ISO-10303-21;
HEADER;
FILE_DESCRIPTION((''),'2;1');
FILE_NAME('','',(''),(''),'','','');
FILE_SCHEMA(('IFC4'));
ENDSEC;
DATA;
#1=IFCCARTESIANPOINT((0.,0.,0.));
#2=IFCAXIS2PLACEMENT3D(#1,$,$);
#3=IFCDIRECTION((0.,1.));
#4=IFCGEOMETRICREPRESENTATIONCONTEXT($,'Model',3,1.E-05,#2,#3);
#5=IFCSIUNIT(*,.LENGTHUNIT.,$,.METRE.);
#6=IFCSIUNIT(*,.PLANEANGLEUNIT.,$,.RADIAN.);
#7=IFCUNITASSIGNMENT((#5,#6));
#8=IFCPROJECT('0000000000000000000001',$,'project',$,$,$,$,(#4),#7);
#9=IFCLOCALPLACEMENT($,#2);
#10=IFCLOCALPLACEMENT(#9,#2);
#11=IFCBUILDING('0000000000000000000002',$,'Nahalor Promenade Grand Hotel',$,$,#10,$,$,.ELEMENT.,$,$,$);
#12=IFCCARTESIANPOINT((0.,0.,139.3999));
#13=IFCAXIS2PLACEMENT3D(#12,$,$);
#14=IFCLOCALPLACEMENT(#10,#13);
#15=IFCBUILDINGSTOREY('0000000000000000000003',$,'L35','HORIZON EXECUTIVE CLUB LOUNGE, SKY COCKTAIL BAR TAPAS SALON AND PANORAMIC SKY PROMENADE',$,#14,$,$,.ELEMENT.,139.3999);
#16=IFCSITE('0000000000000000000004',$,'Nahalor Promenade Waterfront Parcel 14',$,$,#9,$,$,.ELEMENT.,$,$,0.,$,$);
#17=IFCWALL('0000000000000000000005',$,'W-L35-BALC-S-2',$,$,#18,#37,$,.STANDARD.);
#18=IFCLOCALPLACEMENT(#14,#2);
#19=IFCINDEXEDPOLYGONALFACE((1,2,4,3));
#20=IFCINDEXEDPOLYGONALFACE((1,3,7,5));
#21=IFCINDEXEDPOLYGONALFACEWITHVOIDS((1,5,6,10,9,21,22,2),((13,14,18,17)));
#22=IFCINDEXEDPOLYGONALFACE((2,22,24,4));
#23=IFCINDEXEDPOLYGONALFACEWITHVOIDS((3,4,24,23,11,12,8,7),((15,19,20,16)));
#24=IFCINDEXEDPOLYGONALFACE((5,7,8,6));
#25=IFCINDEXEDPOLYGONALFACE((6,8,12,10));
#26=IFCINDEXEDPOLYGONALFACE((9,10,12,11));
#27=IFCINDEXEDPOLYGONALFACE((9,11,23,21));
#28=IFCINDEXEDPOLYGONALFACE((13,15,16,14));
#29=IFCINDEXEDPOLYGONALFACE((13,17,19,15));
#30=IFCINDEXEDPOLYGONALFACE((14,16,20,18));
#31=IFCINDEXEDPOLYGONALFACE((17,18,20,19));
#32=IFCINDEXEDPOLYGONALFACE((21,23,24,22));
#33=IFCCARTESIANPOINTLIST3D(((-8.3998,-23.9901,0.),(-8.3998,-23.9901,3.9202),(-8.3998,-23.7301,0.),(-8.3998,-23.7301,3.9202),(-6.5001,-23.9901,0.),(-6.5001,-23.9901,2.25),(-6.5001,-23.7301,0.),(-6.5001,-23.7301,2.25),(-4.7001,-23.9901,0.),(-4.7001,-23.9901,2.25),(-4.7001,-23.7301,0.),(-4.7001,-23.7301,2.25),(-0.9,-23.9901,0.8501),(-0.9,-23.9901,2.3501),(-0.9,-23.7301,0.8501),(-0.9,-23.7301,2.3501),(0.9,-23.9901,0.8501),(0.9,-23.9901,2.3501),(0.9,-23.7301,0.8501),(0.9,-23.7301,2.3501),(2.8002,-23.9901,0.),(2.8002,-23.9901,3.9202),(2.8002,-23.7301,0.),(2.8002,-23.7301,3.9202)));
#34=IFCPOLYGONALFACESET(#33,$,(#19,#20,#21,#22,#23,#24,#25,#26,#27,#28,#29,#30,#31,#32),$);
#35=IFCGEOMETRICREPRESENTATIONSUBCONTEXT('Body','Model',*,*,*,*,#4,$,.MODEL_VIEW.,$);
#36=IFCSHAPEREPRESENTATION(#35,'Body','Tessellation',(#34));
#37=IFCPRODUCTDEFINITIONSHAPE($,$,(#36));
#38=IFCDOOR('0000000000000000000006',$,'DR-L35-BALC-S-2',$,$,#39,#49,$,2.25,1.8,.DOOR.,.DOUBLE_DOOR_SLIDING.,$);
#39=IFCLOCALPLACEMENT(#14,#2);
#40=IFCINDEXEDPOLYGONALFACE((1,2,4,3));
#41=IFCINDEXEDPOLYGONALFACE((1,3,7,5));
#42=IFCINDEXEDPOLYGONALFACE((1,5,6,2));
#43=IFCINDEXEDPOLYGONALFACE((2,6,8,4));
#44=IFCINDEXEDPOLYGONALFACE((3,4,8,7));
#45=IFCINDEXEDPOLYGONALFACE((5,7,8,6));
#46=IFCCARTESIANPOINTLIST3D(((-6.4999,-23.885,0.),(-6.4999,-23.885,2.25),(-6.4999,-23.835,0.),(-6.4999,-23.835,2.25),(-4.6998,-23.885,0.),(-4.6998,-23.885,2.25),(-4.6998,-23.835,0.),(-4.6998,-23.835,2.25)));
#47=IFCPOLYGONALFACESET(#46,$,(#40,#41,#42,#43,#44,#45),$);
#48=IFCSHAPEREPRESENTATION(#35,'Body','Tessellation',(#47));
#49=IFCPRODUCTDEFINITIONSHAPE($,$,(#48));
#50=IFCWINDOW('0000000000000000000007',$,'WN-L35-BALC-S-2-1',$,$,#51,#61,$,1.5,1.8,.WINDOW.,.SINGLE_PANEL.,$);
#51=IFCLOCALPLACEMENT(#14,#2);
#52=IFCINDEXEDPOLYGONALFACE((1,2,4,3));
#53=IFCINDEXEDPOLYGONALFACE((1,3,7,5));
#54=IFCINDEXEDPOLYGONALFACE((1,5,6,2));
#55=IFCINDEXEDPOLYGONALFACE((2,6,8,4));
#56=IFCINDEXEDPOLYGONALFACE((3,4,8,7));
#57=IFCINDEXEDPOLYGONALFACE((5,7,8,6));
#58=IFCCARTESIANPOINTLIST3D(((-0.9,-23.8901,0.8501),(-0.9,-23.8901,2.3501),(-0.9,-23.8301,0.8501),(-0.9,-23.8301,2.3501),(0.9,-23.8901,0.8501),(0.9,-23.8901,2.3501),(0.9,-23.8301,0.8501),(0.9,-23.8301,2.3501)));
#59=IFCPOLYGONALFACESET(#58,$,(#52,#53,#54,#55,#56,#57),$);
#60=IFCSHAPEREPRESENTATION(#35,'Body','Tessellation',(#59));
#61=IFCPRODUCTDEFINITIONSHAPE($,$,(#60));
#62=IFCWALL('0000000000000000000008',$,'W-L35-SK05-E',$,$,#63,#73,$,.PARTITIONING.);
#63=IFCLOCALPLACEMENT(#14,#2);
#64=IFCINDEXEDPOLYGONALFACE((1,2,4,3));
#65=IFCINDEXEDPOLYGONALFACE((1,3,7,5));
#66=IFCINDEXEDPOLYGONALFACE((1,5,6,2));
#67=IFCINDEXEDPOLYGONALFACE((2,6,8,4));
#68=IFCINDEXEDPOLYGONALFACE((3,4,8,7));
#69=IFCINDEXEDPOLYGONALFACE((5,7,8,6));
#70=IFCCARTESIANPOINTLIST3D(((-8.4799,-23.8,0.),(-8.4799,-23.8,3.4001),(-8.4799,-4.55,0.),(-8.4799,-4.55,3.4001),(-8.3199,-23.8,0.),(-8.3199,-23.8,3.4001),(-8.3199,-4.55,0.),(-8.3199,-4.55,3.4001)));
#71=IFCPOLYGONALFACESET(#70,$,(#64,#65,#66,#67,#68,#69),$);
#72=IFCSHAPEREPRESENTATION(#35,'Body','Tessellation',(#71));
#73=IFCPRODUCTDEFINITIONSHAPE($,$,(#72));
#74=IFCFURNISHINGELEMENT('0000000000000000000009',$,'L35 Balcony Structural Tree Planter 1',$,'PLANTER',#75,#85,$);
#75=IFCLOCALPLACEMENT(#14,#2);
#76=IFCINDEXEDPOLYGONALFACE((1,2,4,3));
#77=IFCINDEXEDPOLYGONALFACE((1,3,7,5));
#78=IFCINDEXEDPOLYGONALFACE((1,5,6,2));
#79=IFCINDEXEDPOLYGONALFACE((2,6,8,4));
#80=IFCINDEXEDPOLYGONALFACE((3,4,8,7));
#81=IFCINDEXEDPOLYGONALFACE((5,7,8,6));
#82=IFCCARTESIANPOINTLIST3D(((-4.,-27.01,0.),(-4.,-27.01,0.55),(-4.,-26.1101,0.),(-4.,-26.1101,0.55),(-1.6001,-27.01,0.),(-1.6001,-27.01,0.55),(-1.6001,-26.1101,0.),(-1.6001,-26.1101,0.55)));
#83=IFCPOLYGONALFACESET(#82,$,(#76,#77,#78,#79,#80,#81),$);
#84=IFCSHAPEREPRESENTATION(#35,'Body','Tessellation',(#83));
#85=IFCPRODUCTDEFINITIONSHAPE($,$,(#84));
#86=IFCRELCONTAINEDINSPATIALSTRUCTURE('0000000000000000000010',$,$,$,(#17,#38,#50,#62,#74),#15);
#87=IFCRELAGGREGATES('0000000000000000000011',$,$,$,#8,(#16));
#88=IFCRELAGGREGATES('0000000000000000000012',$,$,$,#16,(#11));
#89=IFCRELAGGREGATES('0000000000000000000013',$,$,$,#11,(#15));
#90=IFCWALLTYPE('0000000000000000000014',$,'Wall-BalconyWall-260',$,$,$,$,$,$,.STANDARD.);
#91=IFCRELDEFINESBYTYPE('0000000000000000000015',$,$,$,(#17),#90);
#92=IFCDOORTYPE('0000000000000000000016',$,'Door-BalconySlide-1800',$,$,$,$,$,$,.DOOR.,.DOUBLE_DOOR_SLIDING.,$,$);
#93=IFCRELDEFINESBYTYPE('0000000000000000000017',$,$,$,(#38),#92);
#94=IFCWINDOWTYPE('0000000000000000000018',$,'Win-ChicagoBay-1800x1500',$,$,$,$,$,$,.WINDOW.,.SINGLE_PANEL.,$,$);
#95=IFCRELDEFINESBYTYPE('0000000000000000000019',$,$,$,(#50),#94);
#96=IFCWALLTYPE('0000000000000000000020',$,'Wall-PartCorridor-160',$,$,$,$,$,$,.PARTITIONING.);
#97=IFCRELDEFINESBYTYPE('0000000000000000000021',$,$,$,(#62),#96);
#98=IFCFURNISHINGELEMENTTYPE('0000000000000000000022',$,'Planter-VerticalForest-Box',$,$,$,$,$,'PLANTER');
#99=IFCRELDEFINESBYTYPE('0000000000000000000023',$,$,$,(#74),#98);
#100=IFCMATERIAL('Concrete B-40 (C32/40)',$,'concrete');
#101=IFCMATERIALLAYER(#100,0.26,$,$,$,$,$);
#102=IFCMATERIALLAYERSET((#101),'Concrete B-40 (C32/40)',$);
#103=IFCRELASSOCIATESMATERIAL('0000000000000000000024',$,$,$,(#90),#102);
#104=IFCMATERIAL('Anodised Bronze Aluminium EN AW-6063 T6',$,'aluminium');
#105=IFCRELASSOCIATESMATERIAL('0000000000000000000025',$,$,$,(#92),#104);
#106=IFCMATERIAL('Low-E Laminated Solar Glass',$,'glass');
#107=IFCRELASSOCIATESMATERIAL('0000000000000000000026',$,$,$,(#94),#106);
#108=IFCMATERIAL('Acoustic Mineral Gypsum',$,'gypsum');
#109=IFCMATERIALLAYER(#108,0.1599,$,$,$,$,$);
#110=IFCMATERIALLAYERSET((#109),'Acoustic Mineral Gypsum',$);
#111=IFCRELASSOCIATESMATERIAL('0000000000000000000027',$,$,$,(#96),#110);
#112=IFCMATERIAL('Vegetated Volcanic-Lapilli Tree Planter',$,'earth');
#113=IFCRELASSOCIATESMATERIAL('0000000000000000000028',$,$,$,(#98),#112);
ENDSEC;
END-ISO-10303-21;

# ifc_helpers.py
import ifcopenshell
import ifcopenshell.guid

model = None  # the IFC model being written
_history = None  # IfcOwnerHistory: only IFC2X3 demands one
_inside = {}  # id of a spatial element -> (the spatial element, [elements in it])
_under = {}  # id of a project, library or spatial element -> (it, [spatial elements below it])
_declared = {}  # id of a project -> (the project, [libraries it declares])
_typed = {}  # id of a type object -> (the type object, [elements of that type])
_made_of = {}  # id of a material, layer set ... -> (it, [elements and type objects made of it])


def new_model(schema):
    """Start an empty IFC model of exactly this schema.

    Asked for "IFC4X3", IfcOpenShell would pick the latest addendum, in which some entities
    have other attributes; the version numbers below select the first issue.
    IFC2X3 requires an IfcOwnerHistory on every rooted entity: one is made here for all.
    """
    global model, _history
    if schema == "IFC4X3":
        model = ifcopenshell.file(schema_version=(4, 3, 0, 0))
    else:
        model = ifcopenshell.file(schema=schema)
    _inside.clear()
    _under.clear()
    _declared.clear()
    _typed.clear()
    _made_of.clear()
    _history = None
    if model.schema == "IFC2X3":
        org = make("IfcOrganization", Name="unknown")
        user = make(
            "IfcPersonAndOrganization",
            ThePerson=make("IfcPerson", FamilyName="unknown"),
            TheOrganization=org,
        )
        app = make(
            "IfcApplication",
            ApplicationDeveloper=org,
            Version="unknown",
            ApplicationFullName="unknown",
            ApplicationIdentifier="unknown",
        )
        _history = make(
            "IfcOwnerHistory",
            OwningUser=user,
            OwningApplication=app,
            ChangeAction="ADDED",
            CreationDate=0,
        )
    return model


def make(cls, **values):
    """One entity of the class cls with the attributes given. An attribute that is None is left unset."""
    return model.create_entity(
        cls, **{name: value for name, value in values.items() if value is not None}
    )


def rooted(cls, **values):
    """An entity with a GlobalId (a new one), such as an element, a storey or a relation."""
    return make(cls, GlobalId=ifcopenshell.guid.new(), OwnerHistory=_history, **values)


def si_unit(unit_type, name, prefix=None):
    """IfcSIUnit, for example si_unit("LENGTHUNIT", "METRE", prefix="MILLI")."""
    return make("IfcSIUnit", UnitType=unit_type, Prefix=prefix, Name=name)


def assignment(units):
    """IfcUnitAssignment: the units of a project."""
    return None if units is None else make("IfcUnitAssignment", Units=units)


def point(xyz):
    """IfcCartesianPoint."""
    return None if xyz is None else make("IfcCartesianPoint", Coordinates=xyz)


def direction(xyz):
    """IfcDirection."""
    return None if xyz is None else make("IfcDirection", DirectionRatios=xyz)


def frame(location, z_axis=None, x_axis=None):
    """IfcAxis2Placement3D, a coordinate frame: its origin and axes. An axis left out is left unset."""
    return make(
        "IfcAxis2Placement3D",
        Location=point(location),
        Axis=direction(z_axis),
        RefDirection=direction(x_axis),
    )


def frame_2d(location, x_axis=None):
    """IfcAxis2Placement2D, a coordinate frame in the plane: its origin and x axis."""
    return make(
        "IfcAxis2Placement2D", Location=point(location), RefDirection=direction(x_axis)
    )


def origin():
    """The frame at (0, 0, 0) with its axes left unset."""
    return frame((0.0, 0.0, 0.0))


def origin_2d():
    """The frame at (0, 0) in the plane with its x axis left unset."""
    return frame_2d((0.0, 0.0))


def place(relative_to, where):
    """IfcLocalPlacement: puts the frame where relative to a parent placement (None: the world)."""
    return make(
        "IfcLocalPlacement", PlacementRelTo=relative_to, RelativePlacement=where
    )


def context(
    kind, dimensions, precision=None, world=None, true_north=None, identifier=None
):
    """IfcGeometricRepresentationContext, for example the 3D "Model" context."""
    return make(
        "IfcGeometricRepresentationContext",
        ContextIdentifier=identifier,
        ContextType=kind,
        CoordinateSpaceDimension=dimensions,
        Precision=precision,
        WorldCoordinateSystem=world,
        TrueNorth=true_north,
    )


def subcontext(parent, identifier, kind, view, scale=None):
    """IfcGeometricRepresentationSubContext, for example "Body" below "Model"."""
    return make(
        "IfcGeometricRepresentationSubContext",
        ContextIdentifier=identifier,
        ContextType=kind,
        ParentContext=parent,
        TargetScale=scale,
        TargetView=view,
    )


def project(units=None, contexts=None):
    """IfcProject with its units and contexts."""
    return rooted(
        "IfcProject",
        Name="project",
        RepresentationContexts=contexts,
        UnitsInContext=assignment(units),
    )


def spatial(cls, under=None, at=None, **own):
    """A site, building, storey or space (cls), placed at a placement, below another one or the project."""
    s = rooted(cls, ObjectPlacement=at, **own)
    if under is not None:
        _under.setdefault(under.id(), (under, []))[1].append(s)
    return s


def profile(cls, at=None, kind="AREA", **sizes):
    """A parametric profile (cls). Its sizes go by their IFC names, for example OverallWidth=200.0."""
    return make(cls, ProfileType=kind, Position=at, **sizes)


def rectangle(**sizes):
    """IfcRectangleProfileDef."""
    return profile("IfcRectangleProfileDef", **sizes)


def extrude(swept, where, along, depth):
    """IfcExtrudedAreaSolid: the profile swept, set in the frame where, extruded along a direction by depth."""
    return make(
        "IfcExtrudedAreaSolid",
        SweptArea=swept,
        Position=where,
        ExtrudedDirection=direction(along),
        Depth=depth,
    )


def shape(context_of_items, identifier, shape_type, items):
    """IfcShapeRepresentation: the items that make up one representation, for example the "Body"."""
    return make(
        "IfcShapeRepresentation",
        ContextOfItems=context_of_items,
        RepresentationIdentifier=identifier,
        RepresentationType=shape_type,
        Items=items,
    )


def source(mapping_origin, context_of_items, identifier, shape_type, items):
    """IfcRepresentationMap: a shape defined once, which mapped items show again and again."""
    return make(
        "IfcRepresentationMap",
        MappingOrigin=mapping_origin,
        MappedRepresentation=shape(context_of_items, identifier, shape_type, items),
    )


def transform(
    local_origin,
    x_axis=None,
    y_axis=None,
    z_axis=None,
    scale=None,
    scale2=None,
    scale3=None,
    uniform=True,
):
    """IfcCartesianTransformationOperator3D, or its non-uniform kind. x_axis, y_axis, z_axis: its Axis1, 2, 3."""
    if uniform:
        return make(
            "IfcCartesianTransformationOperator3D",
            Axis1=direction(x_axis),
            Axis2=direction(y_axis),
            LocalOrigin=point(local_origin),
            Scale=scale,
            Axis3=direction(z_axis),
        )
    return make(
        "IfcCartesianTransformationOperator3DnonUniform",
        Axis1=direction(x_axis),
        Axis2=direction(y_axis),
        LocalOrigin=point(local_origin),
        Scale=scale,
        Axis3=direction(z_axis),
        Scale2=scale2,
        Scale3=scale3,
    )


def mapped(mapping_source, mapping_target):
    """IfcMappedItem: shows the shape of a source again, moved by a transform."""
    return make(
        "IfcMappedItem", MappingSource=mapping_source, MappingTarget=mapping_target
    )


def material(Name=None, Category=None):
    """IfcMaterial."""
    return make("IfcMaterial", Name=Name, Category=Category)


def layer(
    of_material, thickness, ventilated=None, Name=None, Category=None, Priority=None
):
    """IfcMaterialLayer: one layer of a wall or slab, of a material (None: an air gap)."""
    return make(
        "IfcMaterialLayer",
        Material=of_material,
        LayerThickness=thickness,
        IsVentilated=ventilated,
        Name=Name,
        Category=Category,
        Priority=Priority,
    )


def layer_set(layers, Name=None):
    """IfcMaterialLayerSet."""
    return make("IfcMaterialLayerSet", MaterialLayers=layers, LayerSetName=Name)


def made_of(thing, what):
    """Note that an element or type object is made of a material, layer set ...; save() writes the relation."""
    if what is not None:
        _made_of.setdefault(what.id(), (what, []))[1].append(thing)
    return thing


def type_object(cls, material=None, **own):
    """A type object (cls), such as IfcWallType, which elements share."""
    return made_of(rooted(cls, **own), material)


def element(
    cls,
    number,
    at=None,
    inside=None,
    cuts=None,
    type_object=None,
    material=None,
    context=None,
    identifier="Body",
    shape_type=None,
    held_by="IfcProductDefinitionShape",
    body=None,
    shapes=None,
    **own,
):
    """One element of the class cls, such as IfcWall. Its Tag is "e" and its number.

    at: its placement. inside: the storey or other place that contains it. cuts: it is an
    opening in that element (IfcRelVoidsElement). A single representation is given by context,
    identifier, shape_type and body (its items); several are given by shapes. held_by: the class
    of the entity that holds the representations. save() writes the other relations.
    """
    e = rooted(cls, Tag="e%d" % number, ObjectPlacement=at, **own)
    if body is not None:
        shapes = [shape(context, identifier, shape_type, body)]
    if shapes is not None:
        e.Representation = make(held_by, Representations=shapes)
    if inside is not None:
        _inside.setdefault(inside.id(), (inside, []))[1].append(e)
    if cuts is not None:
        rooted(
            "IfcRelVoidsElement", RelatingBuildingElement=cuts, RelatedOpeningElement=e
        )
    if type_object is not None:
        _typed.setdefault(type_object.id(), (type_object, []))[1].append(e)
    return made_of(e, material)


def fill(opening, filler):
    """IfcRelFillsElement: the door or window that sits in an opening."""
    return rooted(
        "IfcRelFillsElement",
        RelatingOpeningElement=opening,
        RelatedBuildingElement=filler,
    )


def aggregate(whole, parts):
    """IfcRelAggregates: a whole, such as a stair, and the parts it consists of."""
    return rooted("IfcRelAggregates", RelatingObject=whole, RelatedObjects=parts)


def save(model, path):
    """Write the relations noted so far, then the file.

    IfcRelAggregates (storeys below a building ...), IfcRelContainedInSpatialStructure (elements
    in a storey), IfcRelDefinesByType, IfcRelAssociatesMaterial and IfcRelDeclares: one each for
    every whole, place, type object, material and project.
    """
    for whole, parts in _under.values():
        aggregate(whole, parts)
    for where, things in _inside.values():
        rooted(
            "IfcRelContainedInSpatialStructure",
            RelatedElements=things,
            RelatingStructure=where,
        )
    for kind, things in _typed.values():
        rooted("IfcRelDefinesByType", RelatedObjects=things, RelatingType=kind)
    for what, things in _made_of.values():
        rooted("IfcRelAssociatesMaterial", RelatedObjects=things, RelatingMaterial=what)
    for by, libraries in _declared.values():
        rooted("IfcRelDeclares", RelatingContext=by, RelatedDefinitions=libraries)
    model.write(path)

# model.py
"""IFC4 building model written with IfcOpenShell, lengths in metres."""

from ifc_helpers import new_model, si_unit, direction, frame, frame_2d, origin, origin_2d, place, context, subcontext, project, spatial, rectangle, extrude, source, transform, mapped, material, layer, layer_set, type_object, element, fill, save


model = new_model("IFC4")

# Units and contexts
model_context = context("Model", 3, precision=1e-05, world=origin(), true_north=direction((0.0, 1.0)))
body_context = subcontext(model_context, "Body", "Model", "MODEL_VIEW")
ifc_project = project(units=[si_unit("LENGTHUNIT", "METRE"), si_unit("PLANEANGLEUNIT", "RADIAN")], contexts=[model_context])

# Site, building, storey
site_placement = place(None, origin())
site = spatial("IfcSite", under=ifc_project, at=site_placement, Name="Nahalor Promenade Waterfront Parcel 14", CompositionType="ELEMENT", RefElevation=0.0)
building_placement = place(site_placement, origin())
building = spatial("IfcBuilding", under=site, at=building_placement, Name="Nahalor Promenade Grand Hotel", CompositionType="ELEMENT")
storey_placement = place(building_placement, frame((0.0, 0.0, 139.3999)))
storey = spatial("IfcBuildingStorey", under=building, at=storey_placement, Name="L35", Description="HORIZON EXECUTIVE CLUB LOUNGE, SKY COCKTAIL BAR TAPAS SALON AND PANORAMIC SKY PROMENADE", CompositionType="ELEMENT", Elevation=139.3999)

# Shared definitions
ifc_material_1 = material(Name="Anodised Bronze Aluminium EN AW-6063 T6", Category="aluminium")

# Wall, openings, door, window
ifc_material_2 = material(Name="Concrete B-40 (C32/40)", Category="concrete")
ifc_layer_1 = layer(ifc_material_2, 0.26)
ifc_layer_set_1 = layer_set([ifc_layer_1], Name="Concrete B-40 (C32/40)")
wall_type_1 = type_object("IfcWallType", Name="Wall-BalconyWall-260", PredefinedType="STANDARD", material=ifc_layer_set_1)
shared_shape_1 = source(origin(), body_context, "Body", "SweptSolid", [
    extrude(rectangle(XDim=11.2, YDim=0.26, at=frame_2d((5.6001, 0.0))), origin(), (0.0, 0.0, 1.0), 3.9202),
])
wall_1_placement = place(storey_placement, frame((-8.3999, -23.8601, 0.0), z_axis=(0.0, 0.0, 1.0), x_axis=(1.0, 0.0, 0.0)))
wall_1 = element("IfcWall", 1, at=wall_1_placement, inside=storey, type_object=wall_type_1, Name="W-L35-BALC-S-2", PredefinedType="STANDARD", context=body_context, shape_type="MappedRepresentation", body=[
    mapped(shared_shape_1, transform((0.0, 0.0, 0.0), scale=1.0)),
])
opening_1_placement = place(wall_1_placement, frame((1.8999, 0.0, 0.0)))
opening_1 = element("IfcOpeningElement", 2, at=opening_1_placement, cuts=wall_1, PredefinedType="OPENING", context=body_context, shape_type="SweptSolid", body=[
    extrude(rectangle(XDim=1.8, YDim=2.25, at=frame_2d((0.8999, 1.125))), frame((0.0, 0.1399, 0.0), z_axis=(0.0, -1.0, 0.0), x_axis=(1.0, 0.0, 0.0)), (0.0, 0.0, 1.0), 0.28),
])
opening_2_placement = place(wall_1_placement, frame((7.5, 0.0, 0.8501)))
opening_2 = element("IfcOpeningElement", 3, at=opening_2_placement, cuts=wall_1, PredefinedType="OPENING", context=body_context, shape_type="SweptSolid", body=[
    extrude(rectangle(XDim=1.8, YDim=1.5, at=frame_2d((0.8999, 0.75))), frame((0.0, 0.1399, 0.0), z_axis=(0.0, -1.0, 0.0), x_axis=(1.0, 0.0, 0.0)), (0.0, 0.0, 1.0), 0.28),
])
door_type = type_object("IfcDoorType", Name="Door-BalconySlide-1800", OperationType="DOUBLE_DOOR_SLIDING", PredefinedType="DOOR", material=ifc_material_1)
shared_shape_2 = source(origin(), body_context, "Body", "SweptSolid", [
    extrude(rectangle(XDim=1.8, YDim=2.25, at=frame_2d((0.8999, 1.125))), frame((0.0, 0.0249, 0.0), z_axis=(0.0, -1.0, 0.0), x_axis=(1.0, 0.0, 0.0)), (0.0, 0.0, 1.0), 0.05),
])
door_placement = place(opening_1_placement, frame((1.8, 0.0, 0.0), z_axis=(0.0, 0.0, 1.0), x_axis=(-1.0, 0.0, 0.0)))
door = element("IfcDoor", 4, at=door_placement, inside=storey, type_object=door_type, Name="DR-L35-BALC-S-2", OperationType="DOUBLE_DOOR_SLIDING", OverallHeight=2.25, OverallWidth=1.8, PredefinedType="DOOR", context=body_context, shape_type="MappedRepresentation", body=[
    mapped(shared_shape_2, transform((0.0, 0.0, 0.0), scale=1.0)),
])
fill(opening_1, door)
ifc_material_3 = material(Name="Low-E Laminated Solar Glass", Category="glass")
window_type = type_object("IfcWindowType", Name="Win-ChicagoBay-1800x1500", PartitioningType="SINGLE_PANEL", PredefinedType="WINDOW", material=ifc_material_3)
shared_shape_3 = source(origin(), body_context, "Body", "SweptSolid", [
    extrude(rectangle(XDim=1.8, YDim=1.5, at=frame_2d((0.8999, 0.75))), frame((0.0, 0.03, 0.0), z_axis=(0.0, -1.0, 0.0), x_axis=(1.0, 0.0, 0.0)), (0.0, 0.0, 1.0), 0.0601),
])
window_placement = place(opening_2_placement, origin())
window = element("IfcWindow", 5, at=window_placement, inside=storey, type_object=window_type, Name="WN-L35-BALC-S-2-1", OverallHeight=1.5, OverallWidth=1.8, PartitioningType="SINGLE_PANEL", PredefinedType="WINDOW", context=body_context, shape_type="MappedRepresentation", body=[
    mapped(shared_shape_3, transform((0.0, 0.0, 0.0), scale=1.0)),
])
fill(opening_2, window)

# Wall
ifc_material_4 = material(Name="Acoustic Mineral Gypsum", Category="gypsum")
ifc_layer_2 = layer(ifc_material_4, 0.1599)
ifc_layer_set_2 = layer_set([ifc_layer_2], Name="Acoustic Mineral Gypsum")
wall_type_2 = type_object("IfcWallType", Name="Wall-PartCorridor-160", PredefinedType="PARTITIONING", material=ifc_layer_set_2)
shared_shape_4 = source(origin(), body_context, "Body", "SweptSolid", [
    extrude(rectangle(XDim=19.25, YDim=0.1599, at=frame_2d((9.625, 0.0))), origin(), (0.0, 0.0, 1.0), 3.4001),
])
wall_2_placement = place(storey_placement, frame((-8.3999, -23.8, 0.0), z_axis=(0.0, 0.0, 1.0), x_axis=(0.0, 1.0, 0.0)))
element("IfcWall", 6, at=wall_2_placement, inside=storey, type_object=wall_type_2, Name="W-L35-SK05-E", PredefinedType="PARTITIONING", context=body_context, shape_type="MappedRepresentation", body=[
    mapped(shared_shape_4, transform((0.0, 0.0, 0.0), scale=1.0)),
])

# Furnishing element
ifc_material_5 = material(Name="Vegetated Volcanic-Lapilli Tree Planter", Category="earth")
furnishing_element_type = type_object("IfcFurnishingElementType", Name="Planter-VerticalForest-Box", ElementType="PLANTER", material=ifc_material_5)
shared_shape_5 = source(origin(), body_context, "Body", "SweptSolid", [
    extrude(rectangle(XDim=2.3999, YDim=0.8999, at=origin_2d()), origin(), (0.0, 0.0, 1.0), 0.55),
])
furnishing_placement = place(storey_placement, frame((-2.8, -26.5601, 0.0), z_axis=(0.0, 0.0, 1.0), x_axis=(1.0, 0.0, 0.0)))
element("IfcFurnishingElement", 7, at=furnishing_placement, inside=storey, type_object=furnishing_element_type, Name="L35 Balcony Structural Tree Planter 1", ObjectType="PLANTER", context=body_context, shape_type="MappedRepresentation", body=[
    mapped(shared_shape_5, transform((0.0, 0.0, 0.0), scale=1.0)),
])

save(model, "model.ifc")
